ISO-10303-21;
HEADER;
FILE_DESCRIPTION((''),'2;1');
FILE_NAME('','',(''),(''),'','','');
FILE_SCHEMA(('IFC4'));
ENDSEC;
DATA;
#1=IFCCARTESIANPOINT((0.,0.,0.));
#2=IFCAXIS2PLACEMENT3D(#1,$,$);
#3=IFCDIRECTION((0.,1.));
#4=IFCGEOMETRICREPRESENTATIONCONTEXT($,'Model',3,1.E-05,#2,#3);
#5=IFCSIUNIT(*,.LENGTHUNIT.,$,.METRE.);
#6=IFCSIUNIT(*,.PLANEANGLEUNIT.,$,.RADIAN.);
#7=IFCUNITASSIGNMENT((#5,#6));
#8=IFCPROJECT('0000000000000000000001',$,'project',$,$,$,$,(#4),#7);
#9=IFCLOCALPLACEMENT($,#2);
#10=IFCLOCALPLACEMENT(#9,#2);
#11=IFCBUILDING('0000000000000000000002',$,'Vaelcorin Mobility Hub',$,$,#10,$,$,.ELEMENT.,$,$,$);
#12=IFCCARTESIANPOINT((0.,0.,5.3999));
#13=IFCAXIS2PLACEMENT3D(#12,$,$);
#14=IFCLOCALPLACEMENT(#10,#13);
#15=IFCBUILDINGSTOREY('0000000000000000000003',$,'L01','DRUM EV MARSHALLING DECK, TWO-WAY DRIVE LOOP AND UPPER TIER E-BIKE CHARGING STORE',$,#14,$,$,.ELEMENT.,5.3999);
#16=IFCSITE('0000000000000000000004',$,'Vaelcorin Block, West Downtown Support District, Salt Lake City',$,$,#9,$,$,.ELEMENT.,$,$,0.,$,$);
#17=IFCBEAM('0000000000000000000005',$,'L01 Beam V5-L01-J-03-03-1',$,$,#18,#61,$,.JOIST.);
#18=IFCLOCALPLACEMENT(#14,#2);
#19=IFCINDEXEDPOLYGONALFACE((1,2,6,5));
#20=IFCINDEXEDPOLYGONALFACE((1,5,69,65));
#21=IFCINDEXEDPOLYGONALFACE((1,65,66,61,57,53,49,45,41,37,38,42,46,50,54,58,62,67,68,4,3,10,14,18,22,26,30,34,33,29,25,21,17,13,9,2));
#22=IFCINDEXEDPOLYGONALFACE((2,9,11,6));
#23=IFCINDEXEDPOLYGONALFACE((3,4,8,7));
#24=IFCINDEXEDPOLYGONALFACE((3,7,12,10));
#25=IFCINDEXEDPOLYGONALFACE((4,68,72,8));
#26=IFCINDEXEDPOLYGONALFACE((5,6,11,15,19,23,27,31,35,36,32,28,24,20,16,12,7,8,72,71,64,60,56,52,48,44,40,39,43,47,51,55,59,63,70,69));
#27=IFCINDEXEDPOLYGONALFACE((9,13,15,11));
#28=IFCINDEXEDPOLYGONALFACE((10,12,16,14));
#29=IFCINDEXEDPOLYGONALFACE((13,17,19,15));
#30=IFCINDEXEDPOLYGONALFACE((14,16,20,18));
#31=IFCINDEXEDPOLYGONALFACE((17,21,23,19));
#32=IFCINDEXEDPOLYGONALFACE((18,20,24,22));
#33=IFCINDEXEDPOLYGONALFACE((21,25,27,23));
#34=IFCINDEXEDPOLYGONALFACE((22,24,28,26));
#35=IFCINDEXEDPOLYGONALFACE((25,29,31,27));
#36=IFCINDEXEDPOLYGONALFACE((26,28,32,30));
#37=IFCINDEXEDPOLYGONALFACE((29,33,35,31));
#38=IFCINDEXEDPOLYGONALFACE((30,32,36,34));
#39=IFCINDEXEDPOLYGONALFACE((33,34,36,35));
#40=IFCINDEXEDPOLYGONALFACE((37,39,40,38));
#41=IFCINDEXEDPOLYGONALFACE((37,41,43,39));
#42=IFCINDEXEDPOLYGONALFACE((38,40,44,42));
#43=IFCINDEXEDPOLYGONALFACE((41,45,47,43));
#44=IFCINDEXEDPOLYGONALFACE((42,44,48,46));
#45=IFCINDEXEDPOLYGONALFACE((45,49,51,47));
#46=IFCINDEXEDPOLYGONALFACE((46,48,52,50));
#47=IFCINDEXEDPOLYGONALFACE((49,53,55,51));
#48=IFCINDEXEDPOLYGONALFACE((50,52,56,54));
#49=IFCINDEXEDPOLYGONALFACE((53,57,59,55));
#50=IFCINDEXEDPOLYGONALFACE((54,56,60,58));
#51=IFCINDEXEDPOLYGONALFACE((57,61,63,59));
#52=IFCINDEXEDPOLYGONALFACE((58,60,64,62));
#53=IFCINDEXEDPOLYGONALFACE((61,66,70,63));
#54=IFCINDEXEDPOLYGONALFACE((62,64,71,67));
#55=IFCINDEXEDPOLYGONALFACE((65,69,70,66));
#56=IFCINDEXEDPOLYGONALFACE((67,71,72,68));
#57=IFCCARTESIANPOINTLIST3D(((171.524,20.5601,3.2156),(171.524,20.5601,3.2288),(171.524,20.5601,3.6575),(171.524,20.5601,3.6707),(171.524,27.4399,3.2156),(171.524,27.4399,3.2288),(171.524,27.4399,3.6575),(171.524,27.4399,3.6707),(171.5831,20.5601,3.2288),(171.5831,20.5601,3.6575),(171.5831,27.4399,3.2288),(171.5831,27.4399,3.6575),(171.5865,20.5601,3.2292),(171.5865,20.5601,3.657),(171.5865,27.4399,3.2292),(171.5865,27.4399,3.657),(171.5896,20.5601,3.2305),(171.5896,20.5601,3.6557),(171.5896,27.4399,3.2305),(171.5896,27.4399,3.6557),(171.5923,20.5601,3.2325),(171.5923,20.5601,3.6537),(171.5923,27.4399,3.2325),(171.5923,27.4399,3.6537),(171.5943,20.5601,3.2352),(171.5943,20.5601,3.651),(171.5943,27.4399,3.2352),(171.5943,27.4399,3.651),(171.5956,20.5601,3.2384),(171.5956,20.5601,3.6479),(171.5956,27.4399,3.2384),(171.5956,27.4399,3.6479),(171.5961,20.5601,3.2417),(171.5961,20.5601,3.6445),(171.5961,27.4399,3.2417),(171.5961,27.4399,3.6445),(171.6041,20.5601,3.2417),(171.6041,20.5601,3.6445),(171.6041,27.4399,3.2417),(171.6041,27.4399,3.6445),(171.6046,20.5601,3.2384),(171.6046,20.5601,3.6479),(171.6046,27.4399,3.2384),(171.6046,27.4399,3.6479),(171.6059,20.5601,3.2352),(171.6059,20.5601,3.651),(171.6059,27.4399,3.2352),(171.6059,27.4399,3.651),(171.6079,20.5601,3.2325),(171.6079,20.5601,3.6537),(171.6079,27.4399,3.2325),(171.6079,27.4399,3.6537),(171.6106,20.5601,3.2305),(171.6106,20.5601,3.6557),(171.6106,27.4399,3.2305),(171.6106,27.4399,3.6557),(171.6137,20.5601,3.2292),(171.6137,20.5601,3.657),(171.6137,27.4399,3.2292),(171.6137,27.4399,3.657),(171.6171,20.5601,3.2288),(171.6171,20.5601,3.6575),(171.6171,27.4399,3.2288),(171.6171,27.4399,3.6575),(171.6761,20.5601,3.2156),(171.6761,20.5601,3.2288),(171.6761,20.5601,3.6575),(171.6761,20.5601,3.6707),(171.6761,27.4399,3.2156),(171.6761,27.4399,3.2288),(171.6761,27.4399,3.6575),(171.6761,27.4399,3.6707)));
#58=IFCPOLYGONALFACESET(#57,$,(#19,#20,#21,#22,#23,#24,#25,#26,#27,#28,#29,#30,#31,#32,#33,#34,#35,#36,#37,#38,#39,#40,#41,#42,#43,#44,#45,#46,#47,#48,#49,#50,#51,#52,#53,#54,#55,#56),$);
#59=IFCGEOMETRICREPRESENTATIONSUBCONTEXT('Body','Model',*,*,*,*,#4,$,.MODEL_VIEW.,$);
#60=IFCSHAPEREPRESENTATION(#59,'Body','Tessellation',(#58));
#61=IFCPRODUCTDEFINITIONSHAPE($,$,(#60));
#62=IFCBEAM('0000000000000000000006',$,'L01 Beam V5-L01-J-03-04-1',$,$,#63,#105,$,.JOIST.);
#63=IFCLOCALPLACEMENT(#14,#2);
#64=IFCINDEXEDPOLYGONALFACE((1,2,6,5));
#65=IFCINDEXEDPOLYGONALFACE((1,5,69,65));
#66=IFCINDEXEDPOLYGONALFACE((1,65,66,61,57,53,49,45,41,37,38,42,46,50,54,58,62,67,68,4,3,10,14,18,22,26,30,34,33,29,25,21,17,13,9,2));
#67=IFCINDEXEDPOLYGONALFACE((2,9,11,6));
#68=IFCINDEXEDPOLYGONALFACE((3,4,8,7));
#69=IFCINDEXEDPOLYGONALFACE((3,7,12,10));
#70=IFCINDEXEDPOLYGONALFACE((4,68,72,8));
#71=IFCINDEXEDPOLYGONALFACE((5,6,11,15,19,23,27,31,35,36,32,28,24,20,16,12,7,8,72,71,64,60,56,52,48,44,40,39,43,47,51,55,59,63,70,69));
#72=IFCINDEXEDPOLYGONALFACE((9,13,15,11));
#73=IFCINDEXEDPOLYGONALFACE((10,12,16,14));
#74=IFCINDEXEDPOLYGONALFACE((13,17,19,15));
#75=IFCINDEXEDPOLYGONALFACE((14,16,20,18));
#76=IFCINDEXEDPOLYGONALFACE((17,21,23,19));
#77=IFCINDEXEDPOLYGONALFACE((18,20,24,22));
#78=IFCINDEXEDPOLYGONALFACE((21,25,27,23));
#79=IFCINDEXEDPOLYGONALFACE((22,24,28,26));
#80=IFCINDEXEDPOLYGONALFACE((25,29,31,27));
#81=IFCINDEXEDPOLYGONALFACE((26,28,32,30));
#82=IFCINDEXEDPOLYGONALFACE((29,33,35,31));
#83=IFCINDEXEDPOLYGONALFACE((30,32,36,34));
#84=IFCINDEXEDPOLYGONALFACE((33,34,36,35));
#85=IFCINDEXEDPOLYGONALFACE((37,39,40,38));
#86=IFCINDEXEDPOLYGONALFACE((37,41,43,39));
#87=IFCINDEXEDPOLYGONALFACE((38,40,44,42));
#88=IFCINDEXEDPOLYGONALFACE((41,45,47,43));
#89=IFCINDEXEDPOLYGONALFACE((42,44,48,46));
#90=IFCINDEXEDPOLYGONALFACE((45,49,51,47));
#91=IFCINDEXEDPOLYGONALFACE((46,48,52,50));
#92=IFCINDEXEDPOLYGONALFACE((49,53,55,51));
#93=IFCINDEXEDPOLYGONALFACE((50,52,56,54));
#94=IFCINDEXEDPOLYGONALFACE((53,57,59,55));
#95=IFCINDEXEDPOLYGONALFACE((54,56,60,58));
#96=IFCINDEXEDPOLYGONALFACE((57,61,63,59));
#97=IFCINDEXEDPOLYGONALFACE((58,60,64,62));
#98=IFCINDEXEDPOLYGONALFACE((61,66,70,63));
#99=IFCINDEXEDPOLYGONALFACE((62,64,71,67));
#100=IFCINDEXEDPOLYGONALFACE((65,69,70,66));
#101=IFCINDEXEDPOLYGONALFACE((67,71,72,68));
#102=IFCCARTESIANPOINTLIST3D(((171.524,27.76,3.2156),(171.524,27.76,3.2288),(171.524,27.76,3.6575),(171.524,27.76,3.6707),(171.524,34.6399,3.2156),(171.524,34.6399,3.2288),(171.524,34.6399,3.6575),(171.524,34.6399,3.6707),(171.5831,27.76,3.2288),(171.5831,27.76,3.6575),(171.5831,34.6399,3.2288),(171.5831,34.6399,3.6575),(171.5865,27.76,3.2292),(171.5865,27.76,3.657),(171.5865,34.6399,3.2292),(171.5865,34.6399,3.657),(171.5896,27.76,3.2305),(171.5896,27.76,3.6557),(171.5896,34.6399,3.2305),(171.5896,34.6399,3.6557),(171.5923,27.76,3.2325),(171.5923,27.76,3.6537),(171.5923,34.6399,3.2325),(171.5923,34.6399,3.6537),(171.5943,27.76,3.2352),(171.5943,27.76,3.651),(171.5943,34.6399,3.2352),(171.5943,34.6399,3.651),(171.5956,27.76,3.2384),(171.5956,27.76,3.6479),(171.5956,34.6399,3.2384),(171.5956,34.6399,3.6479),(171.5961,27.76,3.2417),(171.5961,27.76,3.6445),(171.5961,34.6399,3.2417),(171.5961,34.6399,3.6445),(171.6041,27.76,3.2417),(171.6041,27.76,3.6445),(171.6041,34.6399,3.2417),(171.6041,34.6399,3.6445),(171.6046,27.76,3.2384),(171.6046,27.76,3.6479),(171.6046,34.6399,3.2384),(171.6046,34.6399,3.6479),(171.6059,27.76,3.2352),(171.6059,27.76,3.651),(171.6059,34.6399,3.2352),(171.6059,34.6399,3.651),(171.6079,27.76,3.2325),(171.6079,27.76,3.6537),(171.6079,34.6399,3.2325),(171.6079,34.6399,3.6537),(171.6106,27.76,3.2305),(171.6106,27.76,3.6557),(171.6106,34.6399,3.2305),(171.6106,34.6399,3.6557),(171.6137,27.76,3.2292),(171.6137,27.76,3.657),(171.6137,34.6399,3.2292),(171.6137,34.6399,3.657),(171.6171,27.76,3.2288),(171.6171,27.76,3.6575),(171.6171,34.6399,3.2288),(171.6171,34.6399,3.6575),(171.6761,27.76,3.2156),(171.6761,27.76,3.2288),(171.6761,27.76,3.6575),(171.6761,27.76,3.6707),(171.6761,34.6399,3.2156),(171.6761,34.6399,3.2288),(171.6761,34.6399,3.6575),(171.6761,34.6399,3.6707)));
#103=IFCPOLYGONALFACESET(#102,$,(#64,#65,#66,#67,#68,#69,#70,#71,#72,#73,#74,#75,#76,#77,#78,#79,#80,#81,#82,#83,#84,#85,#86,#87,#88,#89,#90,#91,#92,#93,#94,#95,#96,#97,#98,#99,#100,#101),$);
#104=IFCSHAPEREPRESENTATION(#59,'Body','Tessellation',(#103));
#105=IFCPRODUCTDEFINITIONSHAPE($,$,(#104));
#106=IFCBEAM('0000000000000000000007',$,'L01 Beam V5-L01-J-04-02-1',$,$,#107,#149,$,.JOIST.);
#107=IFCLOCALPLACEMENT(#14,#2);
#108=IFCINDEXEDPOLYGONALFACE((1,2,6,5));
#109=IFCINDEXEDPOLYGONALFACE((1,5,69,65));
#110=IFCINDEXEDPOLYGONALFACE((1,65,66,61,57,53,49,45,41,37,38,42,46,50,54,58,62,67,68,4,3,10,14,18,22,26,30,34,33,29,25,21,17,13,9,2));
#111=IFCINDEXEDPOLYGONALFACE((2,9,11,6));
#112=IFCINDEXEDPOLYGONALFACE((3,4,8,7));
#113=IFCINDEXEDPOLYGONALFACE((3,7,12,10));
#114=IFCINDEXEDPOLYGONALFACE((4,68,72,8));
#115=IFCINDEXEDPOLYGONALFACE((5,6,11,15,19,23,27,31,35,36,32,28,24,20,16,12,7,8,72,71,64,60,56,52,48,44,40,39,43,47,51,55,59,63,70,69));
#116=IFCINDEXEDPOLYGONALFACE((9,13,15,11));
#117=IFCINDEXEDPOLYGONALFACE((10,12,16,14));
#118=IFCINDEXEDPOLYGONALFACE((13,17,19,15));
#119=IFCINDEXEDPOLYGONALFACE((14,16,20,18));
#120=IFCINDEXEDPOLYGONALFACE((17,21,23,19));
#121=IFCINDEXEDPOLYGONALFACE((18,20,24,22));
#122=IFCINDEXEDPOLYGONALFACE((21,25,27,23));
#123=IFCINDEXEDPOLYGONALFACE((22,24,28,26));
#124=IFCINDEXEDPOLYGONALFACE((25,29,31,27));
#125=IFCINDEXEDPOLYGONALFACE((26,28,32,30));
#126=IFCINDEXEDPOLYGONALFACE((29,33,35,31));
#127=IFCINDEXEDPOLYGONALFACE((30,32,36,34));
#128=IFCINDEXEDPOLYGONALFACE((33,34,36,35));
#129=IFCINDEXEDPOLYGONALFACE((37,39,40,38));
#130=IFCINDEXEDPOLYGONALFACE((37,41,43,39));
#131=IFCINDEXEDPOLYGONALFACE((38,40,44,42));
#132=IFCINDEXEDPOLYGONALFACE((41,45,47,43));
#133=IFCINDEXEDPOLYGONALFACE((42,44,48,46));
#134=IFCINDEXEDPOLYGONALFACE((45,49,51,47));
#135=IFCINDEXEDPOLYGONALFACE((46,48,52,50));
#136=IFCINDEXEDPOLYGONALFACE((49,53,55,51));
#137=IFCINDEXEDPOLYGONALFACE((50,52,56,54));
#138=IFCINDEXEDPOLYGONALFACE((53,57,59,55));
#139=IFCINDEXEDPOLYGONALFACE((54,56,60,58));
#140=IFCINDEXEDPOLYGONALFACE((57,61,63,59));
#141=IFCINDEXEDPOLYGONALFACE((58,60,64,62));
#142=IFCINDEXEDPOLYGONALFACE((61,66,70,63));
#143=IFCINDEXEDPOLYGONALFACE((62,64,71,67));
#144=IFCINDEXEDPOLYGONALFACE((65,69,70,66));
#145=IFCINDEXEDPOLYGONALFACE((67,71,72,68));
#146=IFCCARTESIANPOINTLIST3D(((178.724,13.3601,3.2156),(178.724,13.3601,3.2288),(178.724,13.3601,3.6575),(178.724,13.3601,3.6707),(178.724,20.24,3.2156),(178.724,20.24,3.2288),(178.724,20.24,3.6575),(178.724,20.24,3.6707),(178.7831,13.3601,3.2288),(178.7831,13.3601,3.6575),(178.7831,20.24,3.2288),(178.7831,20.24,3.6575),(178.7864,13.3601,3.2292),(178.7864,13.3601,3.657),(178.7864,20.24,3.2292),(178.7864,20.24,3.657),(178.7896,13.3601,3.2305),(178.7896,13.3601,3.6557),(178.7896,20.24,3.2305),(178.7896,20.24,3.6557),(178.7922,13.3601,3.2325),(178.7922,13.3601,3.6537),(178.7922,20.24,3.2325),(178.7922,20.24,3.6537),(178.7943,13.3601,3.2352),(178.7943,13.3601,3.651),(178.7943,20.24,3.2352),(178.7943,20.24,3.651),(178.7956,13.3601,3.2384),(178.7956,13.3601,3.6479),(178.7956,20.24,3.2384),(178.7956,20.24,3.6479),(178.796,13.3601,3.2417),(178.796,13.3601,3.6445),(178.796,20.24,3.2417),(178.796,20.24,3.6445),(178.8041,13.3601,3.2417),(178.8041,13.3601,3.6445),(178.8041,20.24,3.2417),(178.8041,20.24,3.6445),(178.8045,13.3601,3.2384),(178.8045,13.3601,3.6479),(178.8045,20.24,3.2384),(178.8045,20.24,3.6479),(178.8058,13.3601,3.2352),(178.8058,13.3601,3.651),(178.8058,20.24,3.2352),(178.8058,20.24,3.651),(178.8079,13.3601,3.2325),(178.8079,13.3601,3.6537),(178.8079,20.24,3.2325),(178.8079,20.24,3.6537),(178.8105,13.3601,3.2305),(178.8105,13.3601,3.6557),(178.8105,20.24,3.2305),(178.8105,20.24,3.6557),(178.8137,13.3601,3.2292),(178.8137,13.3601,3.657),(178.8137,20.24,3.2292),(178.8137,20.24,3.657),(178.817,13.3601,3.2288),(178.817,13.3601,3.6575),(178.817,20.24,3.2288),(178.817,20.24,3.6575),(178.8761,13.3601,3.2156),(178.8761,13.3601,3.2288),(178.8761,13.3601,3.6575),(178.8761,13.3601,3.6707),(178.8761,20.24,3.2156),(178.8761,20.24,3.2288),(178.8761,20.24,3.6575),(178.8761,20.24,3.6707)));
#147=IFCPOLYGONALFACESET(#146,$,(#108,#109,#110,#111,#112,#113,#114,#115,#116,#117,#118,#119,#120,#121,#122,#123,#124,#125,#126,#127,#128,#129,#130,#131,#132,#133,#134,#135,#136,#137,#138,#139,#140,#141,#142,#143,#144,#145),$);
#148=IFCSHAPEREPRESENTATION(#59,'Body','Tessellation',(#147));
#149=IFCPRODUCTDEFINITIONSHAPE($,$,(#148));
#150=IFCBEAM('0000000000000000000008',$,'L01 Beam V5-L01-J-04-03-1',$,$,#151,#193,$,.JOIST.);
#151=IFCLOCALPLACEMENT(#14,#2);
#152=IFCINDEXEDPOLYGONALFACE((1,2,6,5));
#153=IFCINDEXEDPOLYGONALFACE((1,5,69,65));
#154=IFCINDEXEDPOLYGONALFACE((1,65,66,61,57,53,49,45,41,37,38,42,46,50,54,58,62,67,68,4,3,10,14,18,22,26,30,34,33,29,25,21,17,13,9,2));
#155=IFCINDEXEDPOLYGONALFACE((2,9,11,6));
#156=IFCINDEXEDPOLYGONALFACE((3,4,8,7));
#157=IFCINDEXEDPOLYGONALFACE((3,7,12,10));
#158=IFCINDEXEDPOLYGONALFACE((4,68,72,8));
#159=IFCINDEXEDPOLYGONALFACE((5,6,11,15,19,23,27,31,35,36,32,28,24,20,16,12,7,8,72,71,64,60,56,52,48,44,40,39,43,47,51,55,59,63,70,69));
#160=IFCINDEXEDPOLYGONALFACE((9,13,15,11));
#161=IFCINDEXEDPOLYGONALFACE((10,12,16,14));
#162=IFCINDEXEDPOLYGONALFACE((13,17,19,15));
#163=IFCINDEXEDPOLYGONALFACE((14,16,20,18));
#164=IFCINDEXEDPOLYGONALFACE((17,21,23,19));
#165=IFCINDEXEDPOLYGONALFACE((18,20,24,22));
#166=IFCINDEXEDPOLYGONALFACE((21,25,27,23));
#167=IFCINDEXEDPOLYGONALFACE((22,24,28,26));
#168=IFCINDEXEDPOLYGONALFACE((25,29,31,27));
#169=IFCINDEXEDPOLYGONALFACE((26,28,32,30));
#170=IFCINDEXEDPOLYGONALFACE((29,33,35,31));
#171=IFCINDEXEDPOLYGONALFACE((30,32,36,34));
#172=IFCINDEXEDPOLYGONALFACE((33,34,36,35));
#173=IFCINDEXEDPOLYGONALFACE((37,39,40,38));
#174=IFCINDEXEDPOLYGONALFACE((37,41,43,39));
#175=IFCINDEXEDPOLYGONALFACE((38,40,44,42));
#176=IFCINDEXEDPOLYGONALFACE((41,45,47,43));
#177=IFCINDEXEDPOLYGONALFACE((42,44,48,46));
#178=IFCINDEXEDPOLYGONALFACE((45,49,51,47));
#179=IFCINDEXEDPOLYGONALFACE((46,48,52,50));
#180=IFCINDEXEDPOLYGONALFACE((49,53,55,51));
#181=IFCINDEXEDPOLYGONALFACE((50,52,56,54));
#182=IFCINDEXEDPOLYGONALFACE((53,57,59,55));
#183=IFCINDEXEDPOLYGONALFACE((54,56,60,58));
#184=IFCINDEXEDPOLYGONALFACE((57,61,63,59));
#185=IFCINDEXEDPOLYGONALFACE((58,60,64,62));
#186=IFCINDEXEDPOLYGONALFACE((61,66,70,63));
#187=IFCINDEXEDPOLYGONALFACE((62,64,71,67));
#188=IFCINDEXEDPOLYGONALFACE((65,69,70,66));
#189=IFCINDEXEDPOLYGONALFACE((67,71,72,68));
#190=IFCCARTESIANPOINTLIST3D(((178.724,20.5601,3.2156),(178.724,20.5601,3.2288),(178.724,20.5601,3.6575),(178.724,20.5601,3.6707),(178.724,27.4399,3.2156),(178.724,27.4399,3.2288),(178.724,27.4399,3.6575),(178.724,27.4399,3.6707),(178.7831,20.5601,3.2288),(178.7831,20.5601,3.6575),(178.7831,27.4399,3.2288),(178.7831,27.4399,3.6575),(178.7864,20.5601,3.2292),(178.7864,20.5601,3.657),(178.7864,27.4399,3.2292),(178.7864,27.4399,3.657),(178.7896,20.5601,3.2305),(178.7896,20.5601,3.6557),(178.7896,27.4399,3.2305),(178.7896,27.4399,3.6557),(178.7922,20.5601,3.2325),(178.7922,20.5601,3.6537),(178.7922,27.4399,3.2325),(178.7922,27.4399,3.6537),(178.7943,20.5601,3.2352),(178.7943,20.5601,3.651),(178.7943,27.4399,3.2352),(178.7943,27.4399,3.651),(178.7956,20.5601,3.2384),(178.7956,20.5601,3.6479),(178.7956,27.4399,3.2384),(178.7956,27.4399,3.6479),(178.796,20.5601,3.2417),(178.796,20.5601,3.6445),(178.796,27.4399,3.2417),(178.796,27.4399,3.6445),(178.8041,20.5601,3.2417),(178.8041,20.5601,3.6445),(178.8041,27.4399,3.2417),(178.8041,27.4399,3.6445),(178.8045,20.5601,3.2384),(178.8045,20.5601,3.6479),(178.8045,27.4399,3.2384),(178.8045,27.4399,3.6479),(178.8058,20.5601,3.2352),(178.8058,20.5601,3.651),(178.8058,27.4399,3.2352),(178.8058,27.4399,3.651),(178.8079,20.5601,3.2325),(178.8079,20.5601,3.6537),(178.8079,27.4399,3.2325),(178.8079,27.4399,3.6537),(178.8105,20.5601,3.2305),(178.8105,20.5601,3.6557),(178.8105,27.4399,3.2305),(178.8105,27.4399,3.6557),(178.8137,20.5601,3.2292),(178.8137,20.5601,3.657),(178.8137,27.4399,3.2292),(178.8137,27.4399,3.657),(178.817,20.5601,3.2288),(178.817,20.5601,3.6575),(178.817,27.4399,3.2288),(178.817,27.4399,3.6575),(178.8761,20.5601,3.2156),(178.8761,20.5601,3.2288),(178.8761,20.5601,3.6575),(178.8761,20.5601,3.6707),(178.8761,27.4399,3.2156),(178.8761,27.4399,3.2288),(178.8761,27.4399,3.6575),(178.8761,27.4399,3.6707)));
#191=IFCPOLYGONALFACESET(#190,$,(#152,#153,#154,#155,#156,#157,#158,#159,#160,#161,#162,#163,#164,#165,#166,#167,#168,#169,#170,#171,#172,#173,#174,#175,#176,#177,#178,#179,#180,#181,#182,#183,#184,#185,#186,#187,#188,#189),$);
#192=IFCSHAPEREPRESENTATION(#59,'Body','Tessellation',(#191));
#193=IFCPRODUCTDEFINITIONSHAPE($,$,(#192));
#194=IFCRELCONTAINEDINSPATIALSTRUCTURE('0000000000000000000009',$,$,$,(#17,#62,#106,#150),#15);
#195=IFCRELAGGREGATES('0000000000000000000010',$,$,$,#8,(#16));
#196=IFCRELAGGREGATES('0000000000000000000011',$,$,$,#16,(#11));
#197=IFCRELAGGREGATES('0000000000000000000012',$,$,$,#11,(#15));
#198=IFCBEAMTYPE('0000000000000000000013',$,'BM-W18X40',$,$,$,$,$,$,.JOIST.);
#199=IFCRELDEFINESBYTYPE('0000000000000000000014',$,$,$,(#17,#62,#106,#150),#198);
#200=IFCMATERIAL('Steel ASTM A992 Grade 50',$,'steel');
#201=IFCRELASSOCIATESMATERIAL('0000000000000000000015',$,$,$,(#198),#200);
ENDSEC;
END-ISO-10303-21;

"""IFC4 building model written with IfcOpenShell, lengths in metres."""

from ifc_helpers import new_model, si_unit, direction, frame, origin, origin_2d, place, context, subcontext, project, spatial, i_section, extrude, material, material_profile, profile_set, type_object, element, save


model = new_model("IFC4")

# Units and contexts
model_context = context("Model", 3, precision=1e-05, world=origin(), true_north=direction((0.0, 1.0)))
body_context = subcontext(model_context, "Body", "Model", "MODEL_VIEW")
ifc_project = project(units=[si_unit("LENGTHUNIT", "METRE"), si_unit("PLANEANGLEUNIT", "RADIAN")], contexts=[model_context])

# Site, building, storey
site_placement = place(None, origin())
site = spatial("IfcSite", under=ifc_project, at=site_placement, Name="Vaelcorin Block, West Downtown Support District, Salt Lake City", CompositionType="ELEMENT", RefElevation=0.0)
building_placement = place(site_placement, origin())
building = spatial("IfcBuilding", under=site, at=building_placement, Name="Vaelcorin Mobility Hub", CompositionType="ELEMENT")
storey_placement = place(building_placement, frame((0.0, 0.0, 5.3999)))
storey = spatial("IfcBuildingStorey", under=building, at=storey_placement, Name="L01", Description="DRUM EV MARSHALLING DECK, TWO-WAY DRIVE LOOP AND UPPER TIER E-BIKE CHARGING STORE", CompositionType="ELEMENT", Elevation=5.3999)

# Shared definitions
ifc_material = material(Name="Steel ASTM A992 Grade 50", Category="steel")

# Beams
ifc_material_profile_1 = material_profile(ifc_material, i_section(OverallWidth=0.1521, OverallDepth=0.4551, WebThickness=0.0081, FlangeThickness=0.0132, FilletRadius=0.0129, at=origin_2d()), Name="W18X40")
ifc_profile_set_1 = profile_set([ifc_material_profile_1], Name="Steel ASTM A992 Grade 50")
beam_type_1 = type_object("IfcBeamType", Name="BM-W18X40", PredefinedType="JOIST", material=ifc_profile_set_1)
for number, where, z_axis, x_axis, name in (
    (1, (171.6001, 20.5601, 3.4431), (0.0, 1.0, 0.0), (-1.0, 0.0, 0.0), "L01 Beam V5-L01-J-03-03-1"),
    (2, (171.6001, 27.76, 3.4431), (0.0, 1.0, 0.0), (-1.0, 0.0, 0.0), "L01 Beam V5-L01-J-03-04-1"),
    (3, (178.8, 13.3601, 3.4431), (0.0, 1.0, 0.0), (-1.0, 0.0, 0.0), "L01 Beam V5-L01-J-04-02-1"),
    (4, (178.8, 20.5601, 3.4431), (0.0, 1.0, 0.0), (-1.0, 0.0, 0.0), "L01 Beam V5-L01-J-04-03-1"),
):
    element("IfcBeam", number, at=place(storey_placement, frame(where, z_axis=z_axis, x_axis=x_axis)), inside=storey, type_object=beam_type_1, Name=name, PredefinedType="JOIST", context=body_context, shape_type="SweptSolid", body=[
        extrude(i_section(OverallWidth=0.1521, OverallDepth=0.4551, WebThickness=0.0081, FlangeThickness=0.0132, FilletRadius=0.0129, at=origin_2d()), origin(), (0.0, 0.0, 1.0), 6.8799),
    ])

save(model, "model.ifc")
